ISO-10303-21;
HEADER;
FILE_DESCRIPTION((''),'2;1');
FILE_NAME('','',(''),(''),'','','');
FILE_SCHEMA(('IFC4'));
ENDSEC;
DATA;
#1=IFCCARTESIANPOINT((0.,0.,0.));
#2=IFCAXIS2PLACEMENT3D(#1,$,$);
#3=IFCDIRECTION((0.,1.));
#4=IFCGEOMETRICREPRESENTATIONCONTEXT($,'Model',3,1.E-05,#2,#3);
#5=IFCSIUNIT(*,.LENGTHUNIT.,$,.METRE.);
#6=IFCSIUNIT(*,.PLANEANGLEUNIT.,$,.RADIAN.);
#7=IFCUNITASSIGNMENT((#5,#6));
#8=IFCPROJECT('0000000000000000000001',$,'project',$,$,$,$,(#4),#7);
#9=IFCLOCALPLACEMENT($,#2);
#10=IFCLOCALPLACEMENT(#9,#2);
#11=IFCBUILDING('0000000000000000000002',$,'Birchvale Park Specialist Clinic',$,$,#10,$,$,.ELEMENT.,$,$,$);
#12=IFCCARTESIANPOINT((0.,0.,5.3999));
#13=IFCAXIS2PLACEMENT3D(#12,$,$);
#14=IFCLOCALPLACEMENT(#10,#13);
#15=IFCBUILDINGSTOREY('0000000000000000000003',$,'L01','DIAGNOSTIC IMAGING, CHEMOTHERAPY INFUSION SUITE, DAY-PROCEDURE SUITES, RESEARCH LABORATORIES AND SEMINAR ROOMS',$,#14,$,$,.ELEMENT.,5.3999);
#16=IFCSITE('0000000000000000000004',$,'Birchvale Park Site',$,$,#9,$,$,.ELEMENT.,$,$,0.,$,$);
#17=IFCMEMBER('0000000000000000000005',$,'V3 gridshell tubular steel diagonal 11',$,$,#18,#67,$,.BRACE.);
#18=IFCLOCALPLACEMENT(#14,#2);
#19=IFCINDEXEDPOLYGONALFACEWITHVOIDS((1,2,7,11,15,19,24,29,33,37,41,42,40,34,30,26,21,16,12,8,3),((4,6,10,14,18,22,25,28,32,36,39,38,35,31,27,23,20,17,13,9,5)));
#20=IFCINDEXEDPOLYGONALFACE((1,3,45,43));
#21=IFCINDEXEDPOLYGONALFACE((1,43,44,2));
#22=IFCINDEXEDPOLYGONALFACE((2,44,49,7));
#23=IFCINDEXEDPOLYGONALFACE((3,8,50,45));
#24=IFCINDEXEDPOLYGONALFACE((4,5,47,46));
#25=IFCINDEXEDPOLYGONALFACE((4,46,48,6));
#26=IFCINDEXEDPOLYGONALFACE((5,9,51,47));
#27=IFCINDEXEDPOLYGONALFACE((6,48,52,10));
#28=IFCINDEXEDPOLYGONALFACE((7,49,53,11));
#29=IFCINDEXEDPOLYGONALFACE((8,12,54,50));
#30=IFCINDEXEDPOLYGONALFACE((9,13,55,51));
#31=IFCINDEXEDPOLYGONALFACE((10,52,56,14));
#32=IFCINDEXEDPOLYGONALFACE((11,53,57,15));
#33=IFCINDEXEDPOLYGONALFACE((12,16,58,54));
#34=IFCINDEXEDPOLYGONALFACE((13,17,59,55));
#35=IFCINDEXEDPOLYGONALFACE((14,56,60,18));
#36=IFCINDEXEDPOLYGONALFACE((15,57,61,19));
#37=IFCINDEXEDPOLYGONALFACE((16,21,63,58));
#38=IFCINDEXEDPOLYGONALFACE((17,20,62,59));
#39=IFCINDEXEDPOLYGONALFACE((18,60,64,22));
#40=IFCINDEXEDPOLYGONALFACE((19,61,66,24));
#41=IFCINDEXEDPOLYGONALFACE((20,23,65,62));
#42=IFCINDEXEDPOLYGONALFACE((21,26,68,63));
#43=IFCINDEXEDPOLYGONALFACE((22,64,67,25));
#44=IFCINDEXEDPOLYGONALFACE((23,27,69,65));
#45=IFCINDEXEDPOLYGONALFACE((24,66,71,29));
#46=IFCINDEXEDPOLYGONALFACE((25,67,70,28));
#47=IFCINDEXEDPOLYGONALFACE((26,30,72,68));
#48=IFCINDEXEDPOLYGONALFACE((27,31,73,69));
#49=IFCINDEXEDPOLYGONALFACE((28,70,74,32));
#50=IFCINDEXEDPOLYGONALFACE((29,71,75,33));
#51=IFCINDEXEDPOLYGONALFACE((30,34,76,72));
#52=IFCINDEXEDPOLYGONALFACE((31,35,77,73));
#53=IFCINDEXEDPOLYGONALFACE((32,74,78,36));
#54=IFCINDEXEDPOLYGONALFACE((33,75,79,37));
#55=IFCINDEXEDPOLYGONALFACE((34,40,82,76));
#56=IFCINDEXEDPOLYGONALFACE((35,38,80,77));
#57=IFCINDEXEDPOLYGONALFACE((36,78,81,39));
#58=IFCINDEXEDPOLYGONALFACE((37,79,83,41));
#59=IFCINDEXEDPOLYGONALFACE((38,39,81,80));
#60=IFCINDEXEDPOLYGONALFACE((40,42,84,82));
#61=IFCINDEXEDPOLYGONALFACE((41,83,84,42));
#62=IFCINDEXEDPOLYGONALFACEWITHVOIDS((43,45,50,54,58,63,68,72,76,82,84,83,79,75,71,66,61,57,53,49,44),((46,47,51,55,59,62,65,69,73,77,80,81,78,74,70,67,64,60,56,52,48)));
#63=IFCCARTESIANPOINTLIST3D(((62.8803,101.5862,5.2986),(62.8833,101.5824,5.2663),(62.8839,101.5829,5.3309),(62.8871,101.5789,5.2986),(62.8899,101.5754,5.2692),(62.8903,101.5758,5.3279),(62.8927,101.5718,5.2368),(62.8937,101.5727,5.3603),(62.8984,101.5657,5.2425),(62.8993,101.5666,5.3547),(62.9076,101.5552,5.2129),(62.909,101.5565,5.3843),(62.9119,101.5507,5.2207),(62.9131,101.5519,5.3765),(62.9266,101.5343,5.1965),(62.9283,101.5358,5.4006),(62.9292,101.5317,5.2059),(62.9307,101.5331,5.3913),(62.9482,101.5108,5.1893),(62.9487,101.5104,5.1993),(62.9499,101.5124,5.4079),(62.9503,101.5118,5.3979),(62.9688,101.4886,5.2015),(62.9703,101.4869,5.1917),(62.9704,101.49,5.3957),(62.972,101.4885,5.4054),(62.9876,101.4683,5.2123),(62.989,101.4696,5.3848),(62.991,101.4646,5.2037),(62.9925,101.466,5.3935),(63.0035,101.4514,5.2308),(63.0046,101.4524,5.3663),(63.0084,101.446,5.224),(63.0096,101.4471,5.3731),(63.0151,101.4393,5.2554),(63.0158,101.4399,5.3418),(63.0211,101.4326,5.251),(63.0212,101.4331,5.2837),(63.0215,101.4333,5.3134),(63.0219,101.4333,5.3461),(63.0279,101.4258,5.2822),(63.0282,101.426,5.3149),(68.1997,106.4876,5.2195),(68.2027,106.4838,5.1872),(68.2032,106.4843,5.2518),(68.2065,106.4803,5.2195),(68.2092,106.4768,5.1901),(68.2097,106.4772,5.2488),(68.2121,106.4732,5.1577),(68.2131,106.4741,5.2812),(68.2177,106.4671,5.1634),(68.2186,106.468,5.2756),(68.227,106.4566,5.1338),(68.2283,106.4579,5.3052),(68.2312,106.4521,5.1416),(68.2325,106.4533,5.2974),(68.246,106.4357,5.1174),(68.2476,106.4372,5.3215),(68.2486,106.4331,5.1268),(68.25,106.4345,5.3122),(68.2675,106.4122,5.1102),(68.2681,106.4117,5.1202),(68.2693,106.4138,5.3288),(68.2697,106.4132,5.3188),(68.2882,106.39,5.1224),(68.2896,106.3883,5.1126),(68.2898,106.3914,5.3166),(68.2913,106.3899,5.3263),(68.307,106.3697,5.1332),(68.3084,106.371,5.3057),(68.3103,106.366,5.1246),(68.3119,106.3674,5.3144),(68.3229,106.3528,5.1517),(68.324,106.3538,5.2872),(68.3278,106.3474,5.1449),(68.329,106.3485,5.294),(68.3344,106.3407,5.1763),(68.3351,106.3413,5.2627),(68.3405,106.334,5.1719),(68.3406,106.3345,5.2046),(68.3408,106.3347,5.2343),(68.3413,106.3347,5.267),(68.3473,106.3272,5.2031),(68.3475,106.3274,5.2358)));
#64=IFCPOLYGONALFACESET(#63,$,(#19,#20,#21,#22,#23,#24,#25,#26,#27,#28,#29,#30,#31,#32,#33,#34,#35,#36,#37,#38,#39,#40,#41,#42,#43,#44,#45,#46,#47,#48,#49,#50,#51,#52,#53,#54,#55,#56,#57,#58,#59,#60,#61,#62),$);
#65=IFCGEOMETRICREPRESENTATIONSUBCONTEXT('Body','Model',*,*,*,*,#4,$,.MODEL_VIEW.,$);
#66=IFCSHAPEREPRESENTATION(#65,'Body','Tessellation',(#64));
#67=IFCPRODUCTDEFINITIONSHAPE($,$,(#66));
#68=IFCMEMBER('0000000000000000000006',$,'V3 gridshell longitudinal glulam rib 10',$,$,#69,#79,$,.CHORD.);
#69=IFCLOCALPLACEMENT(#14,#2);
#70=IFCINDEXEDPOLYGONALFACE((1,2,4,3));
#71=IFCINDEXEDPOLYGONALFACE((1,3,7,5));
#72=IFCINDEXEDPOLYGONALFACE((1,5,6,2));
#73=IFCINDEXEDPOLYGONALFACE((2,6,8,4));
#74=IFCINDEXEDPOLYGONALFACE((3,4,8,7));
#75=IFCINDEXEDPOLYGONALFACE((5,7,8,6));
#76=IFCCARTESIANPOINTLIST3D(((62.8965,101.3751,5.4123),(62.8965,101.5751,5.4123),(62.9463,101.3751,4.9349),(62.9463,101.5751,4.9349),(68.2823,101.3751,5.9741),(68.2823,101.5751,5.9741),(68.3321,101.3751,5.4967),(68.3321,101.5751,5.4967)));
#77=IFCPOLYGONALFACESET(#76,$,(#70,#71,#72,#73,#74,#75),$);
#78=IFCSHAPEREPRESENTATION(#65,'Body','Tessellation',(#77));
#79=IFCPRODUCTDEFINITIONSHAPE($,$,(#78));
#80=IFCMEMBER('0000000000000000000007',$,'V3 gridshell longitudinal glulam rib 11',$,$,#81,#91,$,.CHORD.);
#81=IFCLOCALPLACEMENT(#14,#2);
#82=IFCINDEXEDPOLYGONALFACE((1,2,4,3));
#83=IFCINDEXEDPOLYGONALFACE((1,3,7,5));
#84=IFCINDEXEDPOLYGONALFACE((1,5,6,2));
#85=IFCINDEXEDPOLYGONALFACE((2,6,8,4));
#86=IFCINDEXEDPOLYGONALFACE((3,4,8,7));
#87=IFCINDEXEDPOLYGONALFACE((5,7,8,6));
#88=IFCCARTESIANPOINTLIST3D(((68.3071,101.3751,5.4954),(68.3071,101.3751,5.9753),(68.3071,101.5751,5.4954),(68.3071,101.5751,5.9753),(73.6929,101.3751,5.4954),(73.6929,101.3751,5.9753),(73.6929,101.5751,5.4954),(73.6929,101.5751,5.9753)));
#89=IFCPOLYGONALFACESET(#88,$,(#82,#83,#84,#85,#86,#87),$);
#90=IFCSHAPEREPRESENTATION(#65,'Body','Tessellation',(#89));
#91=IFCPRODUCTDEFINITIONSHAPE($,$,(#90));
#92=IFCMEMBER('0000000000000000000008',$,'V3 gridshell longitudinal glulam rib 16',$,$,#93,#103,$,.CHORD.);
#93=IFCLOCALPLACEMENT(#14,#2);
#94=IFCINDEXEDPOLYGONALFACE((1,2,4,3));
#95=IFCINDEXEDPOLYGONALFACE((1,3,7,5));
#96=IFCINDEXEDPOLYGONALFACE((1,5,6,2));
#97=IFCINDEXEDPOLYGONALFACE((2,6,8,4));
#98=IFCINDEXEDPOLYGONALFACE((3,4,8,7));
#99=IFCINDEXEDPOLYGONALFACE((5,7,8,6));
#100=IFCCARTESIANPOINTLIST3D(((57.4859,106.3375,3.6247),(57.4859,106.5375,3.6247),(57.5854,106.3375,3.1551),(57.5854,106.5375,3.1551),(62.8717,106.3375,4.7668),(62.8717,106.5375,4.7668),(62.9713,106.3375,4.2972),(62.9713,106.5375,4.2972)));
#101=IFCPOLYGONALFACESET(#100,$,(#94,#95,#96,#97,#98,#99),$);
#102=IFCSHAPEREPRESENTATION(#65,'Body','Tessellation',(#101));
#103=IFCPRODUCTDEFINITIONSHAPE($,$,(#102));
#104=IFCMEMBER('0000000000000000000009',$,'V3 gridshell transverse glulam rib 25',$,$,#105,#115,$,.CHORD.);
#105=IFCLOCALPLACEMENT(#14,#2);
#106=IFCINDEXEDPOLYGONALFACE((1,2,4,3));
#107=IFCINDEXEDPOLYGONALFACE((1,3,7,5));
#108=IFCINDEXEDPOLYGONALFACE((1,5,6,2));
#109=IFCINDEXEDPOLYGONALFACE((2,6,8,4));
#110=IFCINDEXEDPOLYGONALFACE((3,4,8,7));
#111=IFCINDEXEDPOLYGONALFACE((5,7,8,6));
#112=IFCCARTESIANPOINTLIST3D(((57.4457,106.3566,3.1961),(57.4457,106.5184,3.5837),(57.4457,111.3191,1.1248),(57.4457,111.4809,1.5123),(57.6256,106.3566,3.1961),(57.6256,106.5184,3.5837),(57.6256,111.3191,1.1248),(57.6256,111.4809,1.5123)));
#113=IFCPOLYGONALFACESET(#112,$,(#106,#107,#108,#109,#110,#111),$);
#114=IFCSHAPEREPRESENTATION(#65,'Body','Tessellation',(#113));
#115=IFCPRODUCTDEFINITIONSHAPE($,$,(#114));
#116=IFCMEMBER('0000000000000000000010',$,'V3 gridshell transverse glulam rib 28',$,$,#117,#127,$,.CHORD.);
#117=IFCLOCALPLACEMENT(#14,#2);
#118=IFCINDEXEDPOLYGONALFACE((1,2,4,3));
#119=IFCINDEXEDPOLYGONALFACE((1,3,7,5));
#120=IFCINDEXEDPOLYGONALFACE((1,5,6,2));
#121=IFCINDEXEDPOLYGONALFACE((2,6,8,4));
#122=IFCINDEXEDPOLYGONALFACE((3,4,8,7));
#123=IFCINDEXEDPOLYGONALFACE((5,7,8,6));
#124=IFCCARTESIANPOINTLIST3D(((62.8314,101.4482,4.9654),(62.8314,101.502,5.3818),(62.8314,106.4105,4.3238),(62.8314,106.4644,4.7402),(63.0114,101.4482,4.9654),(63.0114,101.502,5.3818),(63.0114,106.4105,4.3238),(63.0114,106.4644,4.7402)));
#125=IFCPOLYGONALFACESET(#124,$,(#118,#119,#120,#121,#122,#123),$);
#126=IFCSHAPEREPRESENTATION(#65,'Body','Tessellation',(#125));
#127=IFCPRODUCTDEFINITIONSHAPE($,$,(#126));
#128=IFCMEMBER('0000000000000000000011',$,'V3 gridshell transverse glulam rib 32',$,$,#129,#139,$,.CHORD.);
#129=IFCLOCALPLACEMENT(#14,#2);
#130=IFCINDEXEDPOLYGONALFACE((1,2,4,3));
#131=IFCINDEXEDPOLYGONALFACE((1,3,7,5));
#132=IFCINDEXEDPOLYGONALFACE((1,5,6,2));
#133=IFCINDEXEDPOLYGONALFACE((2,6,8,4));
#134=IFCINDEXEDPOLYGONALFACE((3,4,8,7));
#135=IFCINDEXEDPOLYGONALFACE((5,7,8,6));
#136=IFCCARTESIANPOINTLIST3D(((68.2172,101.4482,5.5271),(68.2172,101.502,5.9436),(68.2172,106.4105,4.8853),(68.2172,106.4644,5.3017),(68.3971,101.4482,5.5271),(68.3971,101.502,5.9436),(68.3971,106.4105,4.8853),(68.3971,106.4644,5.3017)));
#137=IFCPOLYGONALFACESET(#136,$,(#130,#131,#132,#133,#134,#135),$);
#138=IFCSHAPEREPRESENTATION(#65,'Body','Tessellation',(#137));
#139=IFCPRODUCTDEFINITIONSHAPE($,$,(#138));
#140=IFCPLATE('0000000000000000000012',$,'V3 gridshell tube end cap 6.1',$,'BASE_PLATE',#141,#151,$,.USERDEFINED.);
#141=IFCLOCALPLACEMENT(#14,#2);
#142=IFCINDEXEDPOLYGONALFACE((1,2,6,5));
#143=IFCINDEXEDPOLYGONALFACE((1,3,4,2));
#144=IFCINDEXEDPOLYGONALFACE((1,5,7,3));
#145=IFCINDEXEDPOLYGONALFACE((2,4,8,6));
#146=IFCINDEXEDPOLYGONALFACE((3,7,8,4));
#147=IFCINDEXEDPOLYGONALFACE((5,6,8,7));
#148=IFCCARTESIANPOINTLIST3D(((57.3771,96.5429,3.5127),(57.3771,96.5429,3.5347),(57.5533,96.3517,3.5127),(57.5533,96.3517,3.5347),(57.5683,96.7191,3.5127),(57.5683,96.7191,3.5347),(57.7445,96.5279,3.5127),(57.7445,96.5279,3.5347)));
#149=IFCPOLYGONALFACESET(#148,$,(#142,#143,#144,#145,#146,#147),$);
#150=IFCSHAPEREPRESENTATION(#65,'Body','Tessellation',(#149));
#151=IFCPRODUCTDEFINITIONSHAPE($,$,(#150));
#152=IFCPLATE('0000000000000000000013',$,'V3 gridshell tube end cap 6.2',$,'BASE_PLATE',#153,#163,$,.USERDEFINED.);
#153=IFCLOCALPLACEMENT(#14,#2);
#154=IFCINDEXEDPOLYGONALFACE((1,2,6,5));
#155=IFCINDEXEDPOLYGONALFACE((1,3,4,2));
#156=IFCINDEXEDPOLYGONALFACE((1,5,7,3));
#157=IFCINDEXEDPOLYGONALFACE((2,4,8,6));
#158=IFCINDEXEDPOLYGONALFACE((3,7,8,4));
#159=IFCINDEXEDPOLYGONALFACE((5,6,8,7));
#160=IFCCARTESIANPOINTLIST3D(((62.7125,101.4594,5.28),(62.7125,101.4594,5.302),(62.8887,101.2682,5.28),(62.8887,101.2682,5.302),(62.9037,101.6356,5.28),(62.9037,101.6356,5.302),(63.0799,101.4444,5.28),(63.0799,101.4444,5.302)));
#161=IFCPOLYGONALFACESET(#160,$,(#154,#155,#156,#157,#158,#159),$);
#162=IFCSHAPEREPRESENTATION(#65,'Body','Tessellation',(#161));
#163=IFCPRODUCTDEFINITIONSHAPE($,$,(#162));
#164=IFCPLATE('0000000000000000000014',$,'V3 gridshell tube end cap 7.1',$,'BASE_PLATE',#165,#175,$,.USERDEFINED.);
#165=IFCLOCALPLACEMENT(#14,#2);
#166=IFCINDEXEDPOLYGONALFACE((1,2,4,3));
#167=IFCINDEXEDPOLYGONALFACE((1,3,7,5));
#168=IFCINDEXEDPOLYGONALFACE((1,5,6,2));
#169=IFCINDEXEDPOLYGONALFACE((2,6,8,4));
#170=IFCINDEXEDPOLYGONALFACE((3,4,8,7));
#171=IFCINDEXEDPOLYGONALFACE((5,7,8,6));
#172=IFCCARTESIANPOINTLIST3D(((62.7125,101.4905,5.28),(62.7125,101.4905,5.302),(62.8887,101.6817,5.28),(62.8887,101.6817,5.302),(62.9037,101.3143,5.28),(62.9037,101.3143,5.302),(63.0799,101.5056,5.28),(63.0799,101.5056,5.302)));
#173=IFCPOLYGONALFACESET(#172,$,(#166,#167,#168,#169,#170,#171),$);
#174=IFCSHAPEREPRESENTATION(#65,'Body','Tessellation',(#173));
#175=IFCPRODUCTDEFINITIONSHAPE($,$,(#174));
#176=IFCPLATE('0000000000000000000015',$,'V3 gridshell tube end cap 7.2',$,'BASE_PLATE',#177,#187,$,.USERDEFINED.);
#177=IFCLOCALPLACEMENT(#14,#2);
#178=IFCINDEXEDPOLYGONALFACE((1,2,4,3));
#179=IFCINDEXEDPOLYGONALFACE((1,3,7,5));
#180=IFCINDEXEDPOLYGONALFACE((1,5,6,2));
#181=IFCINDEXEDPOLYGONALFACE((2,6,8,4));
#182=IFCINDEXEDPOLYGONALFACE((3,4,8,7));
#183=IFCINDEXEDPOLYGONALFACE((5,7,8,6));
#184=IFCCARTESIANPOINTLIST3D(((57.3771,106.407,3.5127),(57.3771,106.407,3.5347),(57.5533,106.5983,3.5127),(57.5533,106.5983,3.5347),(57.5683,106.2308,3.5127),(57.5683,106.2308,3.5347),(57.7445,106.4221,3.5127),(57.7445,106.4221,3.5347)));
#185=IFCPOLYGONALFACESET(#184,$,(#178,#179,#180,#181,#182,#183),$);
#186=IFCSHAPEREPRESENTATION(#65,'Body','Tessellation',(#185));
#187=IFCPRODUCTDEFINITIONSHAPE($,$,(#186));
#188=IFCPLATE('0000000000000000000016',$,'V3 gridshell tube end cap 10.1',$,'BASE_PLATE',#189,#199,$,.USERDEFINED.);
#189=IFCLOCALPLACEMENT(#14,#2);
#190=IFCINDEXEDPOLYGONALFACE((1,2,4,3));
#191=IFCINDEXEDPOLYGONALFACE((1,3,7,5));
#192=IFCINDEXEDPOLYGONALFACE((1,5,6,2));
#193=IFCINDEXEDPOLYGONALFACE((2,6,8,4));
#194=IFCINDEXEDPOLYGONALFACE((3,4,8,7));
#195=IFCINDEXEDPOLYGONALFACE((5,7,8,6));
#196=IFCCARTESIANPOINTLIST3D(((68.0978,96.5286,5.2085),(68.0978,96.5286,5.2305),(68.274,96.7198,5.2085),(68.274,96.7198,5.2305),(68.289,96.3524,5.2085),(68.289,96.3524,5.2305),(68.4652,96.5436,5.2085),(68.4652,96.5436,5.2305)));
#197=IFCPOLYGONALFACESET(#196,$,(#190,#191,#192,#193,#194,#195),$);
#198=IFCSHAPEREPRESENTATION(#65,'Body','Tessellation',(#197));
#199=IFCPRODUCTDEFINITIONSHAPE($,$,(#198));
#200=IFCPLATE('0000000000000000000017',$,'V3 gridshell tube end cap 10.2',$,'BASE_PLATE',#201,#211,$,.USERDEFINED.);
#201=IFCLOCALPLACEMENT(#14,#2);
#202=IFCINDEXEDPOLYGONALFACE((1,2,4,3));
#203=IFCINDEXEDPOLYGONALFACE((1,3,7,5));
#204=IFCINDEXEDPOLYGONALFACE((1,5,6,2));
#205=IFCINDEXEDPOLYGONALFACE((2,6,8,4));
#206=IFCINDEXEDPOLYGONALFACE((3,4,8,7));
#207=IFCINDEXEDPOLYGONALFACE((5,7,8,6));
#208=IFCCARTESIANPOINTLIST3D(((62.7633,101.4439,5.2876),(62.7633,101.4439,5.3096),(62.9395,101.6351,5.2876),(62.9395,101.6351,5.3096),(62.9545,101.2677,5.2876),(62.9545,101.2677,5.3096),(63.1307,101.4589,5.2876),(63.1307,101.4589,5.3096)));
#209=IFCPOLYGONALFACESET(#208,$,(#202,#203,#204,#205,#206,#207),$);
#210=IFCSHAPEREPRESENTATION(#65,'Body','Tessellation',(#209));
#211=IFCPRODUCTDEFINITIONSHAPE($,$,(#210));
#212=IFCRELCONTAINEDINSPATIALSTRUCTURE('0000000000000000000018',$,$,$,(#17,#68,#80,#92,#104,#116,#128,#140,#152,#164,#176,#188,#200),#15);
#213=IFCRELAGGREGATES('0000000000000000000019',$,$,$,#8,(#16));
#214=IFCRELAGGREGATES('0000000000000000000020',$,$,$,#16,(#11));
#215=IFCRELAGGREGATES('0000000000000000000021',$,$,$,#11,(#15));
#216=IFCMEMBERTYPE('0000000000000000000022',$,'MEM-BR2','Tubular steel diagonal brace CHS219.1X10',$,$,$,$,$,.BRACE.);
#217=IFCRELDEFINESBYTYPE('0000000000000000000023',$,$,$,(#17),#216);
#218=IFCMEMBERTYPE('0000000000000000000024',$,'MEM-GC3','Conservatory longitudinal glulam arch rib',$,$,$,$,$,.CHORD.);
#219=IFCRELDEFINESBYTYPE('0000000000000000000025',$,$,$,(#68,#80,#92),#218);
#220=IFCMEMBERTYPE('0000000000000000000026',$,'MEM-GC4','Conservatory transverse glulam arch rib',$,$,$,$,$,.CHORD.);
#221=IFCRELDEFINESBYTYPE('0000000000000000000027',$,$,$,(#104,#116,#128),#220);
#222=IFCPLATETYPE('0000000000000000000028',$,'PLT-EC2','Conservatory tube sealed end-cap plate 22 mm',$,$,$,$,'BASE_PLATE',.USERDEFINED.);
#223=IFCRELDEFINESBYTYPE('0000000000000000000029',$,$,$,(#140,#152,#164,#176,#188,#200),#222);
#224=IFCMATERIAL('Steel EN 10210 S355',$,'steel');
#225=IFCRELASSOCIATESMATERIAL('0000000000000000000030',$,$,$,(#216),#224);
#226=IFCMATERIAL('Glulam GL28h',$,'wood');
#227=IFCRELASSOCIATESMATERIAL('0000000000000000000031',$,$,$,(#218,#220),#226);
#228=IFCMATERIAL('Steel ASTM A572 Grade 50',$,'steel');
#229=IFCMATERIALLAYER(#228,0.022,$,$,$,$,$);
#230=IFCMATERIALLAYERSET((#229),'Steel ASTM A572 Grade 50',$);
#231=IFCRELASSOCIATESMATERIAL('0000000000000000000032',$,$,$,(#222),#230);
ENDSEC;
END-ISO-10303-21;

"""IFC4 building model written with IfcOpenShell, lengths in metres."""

from ifc_helpers import new_model, si_unit, direction, frame, origin, origin_2d, place, context, subcontext, project, spatial, rectangle, hollow_circle, extrude, material, layer, layer_set, material_profile, profile_set, type_object, element, save


model = new_model("IFC4")

# Units and contexts
model_context = context("Model", 3, precision=1e-05, world=origin(), true_north=direction((0.0, 1.0)))
body_context = subcontext(model_context, "Body", "Model", "MODEL_VIEW")
ifc_project = project(units=[si_unit("LENGTHUNIT", "METRE"), si_unit("PLANEANGLEUNIT", "RADIAN")], contexts=[model_context])

# Site, building, storey
site_placement = place(None, origin())
site = spatial("IfcSite", under=ifc_project, at=site_placement, Name="Birchvale Park Site", CompositionType="ELEMENT", RefElevation=0.0)
building_placement = place(site_placement, origin())
building = spatial("IfcBuilding", under=site, at=building_placement, Name="Birchvale Park Specialist Clinic", CompositionType="ELEMENT")
storey_placement = place(building_placement, frame((0.0, 0.0, 5.3999)))
storey = spatial("IfcBuildingStorey", under=building, at=storey_placement, Name="L01", Description="DIAGNOSTIC IMAGING, CHEMOTHERAPY INFUSION SUITE, DAY-PROCEDURE SUITES, RESEARCH LABORATORIES AND SEMINAR ROOMS", CompositionType="ELEMENT", Elevation=5.3999)

# Members
ifc_material_1 = material(Name="Steel EN 10210 S355", Category="steel")
ifc_material_profile_1 = material_profile(ifc_material_1, hollow_circle(Radius=0.1096, WallThickness=0.01, at=origin_2d()), Name="CHS219.1X10")
ifc_profile_set_1 = profile_set([ifc_material_profile_1], Name="Steel EN 10210 S355")
member_type_1 = type_object("IfcMemberType", Name="MEM-BR2", Description="Tubular steel diagonal brace CHS219.1X10", PredefinedType="BRACE", material=ifc_profile_set_1)
member_1_placement = place(storey_placement, frame((62.9546, 101.5056, 5.2986), z_axis=(0.735365, 0.677583, -0.010935), x_axis=(-0.677624, 0.735409, 0.0)))
element("IfcMember", 1, at=member_1_placement, inside=storey, type_object=member_type_1, Name="V3 gridshell tubular steel diagonal 11", PredefinedType="BRACE", context=body_context, shape_type="SweptSolid", body=[
    extrude(hollow_circle(Radius=0.1096, WallThickness=0.01, at=origin_2d()), origin(), (0.0, 0.0, 1.0), 7.2336),
])
ifc_material_2 = material(Name="Glulam GL28h", Category="wood")
ifc_material_profile_2 = material_profile(ifc_material_2, rectangle(XDim=0.2, YDim=0.48, at=origin_2d()), Name="GL-200x480")
ifc_profile_set_2 = profile_set([ifc_material_profile_2], Name="Glulam GL28h")
member_type_2 = type_object("IfcMemberType", Name="MEM-GC3", Description="Conservatory longitudinal glulam arch rib", PredefinedType="CHORD", material=ifc_profile_set_2)
member_2_placement = place(storey_placement, frame((62.9214, 101.4751, 5.1736), z_axis=(0.994604, 0.0, 0.103744), x_axis=(0.0, 1.0, 0.0)))
element("IfcMember", 2, at=member_2_placement, inside=storey, type_object=member_type_2, Name="V3 gridshell longitudinal glulam rib 10", PredefinedType="CHORD", context=body_context, shape_type="SweptSolid", body=[
    extrude(rectangle(XDim=0.2, YDim=0.48, at=origin_2d()), origin(), (0.0, 0.0, 1.0), 5.415),
])
member_3_placement = place(storey_placement, frame((68.3071, 101.4751, 5.7354), z_axis=(1.0, 0.0, 0.0), x_axis=(0.0, 1.0, 0.0)))
element("IfcMember", 3, at=member_3_placement, inside=storey, type_object=member_type_2, Name="V3 gridshell longitudinal glulam rib 11", PredefinedType="CHORD", context=body_context, shape_type="SweptSolid", body=[
    extrude(rectangle(XDim=0.2, YDim=0.48, at=origin_2d()), origin(), (0.0, 0.0, 1.0), 5.3857),
])
member_4_placement = place(storey_placement, frame((57.5356, 106.4375, 3.3899), z_axis=(0.978247, 0.0, 0.207445), x_axis=(0.0, 1.0, 0.0)))
element("IfcMember", 4, at=member_4_placement, inside=storey, type_object=member_type_2, Name="V3 gridshell longitudinal glulam rib 16", PredefinedType="CHORD", context=body_context, shape_type="SweptSolid", body=[
    extrude(rectangle(XDim=0.2, YDim=0.48, at=origin_2d()), origin(), (0.0, 0.0, 1.0), 5.5056),
])
ifc_material_profile_3 = material_profile(ifc_material_2, rectangle(XDim=0.1799, YDim=0.4199, at=origin_2d()), Name="GL-180x420")
ifc_profile_set_3 = profile_set([ifc_material_profile_3], Name="Glulam GL28h")
member_type_3 = type_object("IfcMemberType", Name="MEM-GC4", Description="Conservatory transverse glulam arch rib", PredefinedType="CHORD", material=ifc_profile_set_3)
member_5_placement = place(storey_placement, frame((57.5356, 106.4375, 3.3899), z_axis=(0.0, 0.922838, -0.385189), x_axis=(-1.0, 0.0, 0.0)))
element("IfcMember", 5, at=member_5_placement, inside=storey, type_object=member_type_3, Name="V3 gridshell transverse glulam rib 25", PredefinedType="CHORD", context=body_context, shape_type="SweptSolid", body=[
    extrude(rectangle(XDim=0.1799, YDim=0.4199, at=origin_2d()), origin(), (0.0, 0.0, 1.0), 5.3774),
])
for number, where, z_axis, x_axis, name in (
    (6, (62.9214, 101.4751, 5.1736), (0.0, 0.991745, -0.128225), (-1.0, 0.0, 0.0), "V3 gridshell transverse glulam rib 28"),
    (7, (68.3071, 101.4751, 5.7354), (0.0, 0.991739, -0.128273), (-1.0, 0.0, 0.0), "V3 gridshell transverse glulam rib 32"),
):
    element("IfcMember", number, at=place(storey_placement, frame(where, z_axis=z_axis, x_axis=x_axis)), inside=storey, type_object=member_type_3, Name=name, PredefinedType="CHORD", context=body_context, shape_type="SweptSolid", body=[
        extrude(rectangle(XDim=0.1799, YDim=0.4199, at=origin_2d()), origin(), (0.0, 0.0, 1.0), 5.0037),
    ])

# Plates
ifc_material_3 = material(Name="Steel ASTM A572 Grade 50", Category="steel")
ifc_layer_1 = layer(ifc_material_3, 0.022)
ifc_layer_set_1 = layer_set([ifc_layer_1], Name="Steel ASTM A572 Grade 50")
plate_type_1 = type_object("IfcPlateType", Name="PLT-EC2", Description="Conservatory tube sealed end-cap plate 22 mm", ElementType="BASE_PLATE", PredefinedType="USERDEFINED", material=ifc_layer_set_1)
for number, where, z_axis, x_axis, name in (
    (8, (57.5608, 96.5354, 3.5127), (0.0, 0.0, 1.0), (0.735388, 0.677646, 0.0), "V3 gridshell tube end cap 6.1"),
    (9, (62.8962, 101.4519, 5.28), (0.0, 0.0, 1.0), (0.735388, 0.677646, 0.0), "V3 gridshell tube end cap 6.2"),
    (10, (62.8962, 101.498, 5.28), (0.0, 0.0, 1.0), (-0.735388, 0.677646, 0.0), "V3 gridshell tube end cap 7.1"),
    (11, (57.5608, 106.4146, 3.5127), (0.0, 0.0, 1.0), (-0.735388, 0.677646, 0.0), "V3 gridshell tube end cap 7.2"),
    (12, (68.2815, 96.5361, 5.2085), (0.0, 0.0, 1.0), (-0.735388, 0.677646, 0.0), "V3 gridshell tube end cap 10.1"),
    (13, (62.947, 101.4514, 5.2876), (0.0, 0.0, 1.0), (-0.735388, 0.677646, 0.0), "V3 gridshell tube end cap 10.2"),
):
    element("IfcPlate", number, at=place(storey_placement, frame(where, z_axis=z_axis, x_axis=x_axis)), inside=storey, type_object=plate_type_1, Name=name, ObjectType="BASE_PLATE", PredefinedType="USERDEFINED", context=body_context, shape_type="SweptSolid", body=[
        extrude(rectangle(XDim=0.26, YDim=0.26, at=origin_2d()), origin(), (0.0, 0.0, 1.0), 0.022),
    ])

save(model, "model.ifc")
